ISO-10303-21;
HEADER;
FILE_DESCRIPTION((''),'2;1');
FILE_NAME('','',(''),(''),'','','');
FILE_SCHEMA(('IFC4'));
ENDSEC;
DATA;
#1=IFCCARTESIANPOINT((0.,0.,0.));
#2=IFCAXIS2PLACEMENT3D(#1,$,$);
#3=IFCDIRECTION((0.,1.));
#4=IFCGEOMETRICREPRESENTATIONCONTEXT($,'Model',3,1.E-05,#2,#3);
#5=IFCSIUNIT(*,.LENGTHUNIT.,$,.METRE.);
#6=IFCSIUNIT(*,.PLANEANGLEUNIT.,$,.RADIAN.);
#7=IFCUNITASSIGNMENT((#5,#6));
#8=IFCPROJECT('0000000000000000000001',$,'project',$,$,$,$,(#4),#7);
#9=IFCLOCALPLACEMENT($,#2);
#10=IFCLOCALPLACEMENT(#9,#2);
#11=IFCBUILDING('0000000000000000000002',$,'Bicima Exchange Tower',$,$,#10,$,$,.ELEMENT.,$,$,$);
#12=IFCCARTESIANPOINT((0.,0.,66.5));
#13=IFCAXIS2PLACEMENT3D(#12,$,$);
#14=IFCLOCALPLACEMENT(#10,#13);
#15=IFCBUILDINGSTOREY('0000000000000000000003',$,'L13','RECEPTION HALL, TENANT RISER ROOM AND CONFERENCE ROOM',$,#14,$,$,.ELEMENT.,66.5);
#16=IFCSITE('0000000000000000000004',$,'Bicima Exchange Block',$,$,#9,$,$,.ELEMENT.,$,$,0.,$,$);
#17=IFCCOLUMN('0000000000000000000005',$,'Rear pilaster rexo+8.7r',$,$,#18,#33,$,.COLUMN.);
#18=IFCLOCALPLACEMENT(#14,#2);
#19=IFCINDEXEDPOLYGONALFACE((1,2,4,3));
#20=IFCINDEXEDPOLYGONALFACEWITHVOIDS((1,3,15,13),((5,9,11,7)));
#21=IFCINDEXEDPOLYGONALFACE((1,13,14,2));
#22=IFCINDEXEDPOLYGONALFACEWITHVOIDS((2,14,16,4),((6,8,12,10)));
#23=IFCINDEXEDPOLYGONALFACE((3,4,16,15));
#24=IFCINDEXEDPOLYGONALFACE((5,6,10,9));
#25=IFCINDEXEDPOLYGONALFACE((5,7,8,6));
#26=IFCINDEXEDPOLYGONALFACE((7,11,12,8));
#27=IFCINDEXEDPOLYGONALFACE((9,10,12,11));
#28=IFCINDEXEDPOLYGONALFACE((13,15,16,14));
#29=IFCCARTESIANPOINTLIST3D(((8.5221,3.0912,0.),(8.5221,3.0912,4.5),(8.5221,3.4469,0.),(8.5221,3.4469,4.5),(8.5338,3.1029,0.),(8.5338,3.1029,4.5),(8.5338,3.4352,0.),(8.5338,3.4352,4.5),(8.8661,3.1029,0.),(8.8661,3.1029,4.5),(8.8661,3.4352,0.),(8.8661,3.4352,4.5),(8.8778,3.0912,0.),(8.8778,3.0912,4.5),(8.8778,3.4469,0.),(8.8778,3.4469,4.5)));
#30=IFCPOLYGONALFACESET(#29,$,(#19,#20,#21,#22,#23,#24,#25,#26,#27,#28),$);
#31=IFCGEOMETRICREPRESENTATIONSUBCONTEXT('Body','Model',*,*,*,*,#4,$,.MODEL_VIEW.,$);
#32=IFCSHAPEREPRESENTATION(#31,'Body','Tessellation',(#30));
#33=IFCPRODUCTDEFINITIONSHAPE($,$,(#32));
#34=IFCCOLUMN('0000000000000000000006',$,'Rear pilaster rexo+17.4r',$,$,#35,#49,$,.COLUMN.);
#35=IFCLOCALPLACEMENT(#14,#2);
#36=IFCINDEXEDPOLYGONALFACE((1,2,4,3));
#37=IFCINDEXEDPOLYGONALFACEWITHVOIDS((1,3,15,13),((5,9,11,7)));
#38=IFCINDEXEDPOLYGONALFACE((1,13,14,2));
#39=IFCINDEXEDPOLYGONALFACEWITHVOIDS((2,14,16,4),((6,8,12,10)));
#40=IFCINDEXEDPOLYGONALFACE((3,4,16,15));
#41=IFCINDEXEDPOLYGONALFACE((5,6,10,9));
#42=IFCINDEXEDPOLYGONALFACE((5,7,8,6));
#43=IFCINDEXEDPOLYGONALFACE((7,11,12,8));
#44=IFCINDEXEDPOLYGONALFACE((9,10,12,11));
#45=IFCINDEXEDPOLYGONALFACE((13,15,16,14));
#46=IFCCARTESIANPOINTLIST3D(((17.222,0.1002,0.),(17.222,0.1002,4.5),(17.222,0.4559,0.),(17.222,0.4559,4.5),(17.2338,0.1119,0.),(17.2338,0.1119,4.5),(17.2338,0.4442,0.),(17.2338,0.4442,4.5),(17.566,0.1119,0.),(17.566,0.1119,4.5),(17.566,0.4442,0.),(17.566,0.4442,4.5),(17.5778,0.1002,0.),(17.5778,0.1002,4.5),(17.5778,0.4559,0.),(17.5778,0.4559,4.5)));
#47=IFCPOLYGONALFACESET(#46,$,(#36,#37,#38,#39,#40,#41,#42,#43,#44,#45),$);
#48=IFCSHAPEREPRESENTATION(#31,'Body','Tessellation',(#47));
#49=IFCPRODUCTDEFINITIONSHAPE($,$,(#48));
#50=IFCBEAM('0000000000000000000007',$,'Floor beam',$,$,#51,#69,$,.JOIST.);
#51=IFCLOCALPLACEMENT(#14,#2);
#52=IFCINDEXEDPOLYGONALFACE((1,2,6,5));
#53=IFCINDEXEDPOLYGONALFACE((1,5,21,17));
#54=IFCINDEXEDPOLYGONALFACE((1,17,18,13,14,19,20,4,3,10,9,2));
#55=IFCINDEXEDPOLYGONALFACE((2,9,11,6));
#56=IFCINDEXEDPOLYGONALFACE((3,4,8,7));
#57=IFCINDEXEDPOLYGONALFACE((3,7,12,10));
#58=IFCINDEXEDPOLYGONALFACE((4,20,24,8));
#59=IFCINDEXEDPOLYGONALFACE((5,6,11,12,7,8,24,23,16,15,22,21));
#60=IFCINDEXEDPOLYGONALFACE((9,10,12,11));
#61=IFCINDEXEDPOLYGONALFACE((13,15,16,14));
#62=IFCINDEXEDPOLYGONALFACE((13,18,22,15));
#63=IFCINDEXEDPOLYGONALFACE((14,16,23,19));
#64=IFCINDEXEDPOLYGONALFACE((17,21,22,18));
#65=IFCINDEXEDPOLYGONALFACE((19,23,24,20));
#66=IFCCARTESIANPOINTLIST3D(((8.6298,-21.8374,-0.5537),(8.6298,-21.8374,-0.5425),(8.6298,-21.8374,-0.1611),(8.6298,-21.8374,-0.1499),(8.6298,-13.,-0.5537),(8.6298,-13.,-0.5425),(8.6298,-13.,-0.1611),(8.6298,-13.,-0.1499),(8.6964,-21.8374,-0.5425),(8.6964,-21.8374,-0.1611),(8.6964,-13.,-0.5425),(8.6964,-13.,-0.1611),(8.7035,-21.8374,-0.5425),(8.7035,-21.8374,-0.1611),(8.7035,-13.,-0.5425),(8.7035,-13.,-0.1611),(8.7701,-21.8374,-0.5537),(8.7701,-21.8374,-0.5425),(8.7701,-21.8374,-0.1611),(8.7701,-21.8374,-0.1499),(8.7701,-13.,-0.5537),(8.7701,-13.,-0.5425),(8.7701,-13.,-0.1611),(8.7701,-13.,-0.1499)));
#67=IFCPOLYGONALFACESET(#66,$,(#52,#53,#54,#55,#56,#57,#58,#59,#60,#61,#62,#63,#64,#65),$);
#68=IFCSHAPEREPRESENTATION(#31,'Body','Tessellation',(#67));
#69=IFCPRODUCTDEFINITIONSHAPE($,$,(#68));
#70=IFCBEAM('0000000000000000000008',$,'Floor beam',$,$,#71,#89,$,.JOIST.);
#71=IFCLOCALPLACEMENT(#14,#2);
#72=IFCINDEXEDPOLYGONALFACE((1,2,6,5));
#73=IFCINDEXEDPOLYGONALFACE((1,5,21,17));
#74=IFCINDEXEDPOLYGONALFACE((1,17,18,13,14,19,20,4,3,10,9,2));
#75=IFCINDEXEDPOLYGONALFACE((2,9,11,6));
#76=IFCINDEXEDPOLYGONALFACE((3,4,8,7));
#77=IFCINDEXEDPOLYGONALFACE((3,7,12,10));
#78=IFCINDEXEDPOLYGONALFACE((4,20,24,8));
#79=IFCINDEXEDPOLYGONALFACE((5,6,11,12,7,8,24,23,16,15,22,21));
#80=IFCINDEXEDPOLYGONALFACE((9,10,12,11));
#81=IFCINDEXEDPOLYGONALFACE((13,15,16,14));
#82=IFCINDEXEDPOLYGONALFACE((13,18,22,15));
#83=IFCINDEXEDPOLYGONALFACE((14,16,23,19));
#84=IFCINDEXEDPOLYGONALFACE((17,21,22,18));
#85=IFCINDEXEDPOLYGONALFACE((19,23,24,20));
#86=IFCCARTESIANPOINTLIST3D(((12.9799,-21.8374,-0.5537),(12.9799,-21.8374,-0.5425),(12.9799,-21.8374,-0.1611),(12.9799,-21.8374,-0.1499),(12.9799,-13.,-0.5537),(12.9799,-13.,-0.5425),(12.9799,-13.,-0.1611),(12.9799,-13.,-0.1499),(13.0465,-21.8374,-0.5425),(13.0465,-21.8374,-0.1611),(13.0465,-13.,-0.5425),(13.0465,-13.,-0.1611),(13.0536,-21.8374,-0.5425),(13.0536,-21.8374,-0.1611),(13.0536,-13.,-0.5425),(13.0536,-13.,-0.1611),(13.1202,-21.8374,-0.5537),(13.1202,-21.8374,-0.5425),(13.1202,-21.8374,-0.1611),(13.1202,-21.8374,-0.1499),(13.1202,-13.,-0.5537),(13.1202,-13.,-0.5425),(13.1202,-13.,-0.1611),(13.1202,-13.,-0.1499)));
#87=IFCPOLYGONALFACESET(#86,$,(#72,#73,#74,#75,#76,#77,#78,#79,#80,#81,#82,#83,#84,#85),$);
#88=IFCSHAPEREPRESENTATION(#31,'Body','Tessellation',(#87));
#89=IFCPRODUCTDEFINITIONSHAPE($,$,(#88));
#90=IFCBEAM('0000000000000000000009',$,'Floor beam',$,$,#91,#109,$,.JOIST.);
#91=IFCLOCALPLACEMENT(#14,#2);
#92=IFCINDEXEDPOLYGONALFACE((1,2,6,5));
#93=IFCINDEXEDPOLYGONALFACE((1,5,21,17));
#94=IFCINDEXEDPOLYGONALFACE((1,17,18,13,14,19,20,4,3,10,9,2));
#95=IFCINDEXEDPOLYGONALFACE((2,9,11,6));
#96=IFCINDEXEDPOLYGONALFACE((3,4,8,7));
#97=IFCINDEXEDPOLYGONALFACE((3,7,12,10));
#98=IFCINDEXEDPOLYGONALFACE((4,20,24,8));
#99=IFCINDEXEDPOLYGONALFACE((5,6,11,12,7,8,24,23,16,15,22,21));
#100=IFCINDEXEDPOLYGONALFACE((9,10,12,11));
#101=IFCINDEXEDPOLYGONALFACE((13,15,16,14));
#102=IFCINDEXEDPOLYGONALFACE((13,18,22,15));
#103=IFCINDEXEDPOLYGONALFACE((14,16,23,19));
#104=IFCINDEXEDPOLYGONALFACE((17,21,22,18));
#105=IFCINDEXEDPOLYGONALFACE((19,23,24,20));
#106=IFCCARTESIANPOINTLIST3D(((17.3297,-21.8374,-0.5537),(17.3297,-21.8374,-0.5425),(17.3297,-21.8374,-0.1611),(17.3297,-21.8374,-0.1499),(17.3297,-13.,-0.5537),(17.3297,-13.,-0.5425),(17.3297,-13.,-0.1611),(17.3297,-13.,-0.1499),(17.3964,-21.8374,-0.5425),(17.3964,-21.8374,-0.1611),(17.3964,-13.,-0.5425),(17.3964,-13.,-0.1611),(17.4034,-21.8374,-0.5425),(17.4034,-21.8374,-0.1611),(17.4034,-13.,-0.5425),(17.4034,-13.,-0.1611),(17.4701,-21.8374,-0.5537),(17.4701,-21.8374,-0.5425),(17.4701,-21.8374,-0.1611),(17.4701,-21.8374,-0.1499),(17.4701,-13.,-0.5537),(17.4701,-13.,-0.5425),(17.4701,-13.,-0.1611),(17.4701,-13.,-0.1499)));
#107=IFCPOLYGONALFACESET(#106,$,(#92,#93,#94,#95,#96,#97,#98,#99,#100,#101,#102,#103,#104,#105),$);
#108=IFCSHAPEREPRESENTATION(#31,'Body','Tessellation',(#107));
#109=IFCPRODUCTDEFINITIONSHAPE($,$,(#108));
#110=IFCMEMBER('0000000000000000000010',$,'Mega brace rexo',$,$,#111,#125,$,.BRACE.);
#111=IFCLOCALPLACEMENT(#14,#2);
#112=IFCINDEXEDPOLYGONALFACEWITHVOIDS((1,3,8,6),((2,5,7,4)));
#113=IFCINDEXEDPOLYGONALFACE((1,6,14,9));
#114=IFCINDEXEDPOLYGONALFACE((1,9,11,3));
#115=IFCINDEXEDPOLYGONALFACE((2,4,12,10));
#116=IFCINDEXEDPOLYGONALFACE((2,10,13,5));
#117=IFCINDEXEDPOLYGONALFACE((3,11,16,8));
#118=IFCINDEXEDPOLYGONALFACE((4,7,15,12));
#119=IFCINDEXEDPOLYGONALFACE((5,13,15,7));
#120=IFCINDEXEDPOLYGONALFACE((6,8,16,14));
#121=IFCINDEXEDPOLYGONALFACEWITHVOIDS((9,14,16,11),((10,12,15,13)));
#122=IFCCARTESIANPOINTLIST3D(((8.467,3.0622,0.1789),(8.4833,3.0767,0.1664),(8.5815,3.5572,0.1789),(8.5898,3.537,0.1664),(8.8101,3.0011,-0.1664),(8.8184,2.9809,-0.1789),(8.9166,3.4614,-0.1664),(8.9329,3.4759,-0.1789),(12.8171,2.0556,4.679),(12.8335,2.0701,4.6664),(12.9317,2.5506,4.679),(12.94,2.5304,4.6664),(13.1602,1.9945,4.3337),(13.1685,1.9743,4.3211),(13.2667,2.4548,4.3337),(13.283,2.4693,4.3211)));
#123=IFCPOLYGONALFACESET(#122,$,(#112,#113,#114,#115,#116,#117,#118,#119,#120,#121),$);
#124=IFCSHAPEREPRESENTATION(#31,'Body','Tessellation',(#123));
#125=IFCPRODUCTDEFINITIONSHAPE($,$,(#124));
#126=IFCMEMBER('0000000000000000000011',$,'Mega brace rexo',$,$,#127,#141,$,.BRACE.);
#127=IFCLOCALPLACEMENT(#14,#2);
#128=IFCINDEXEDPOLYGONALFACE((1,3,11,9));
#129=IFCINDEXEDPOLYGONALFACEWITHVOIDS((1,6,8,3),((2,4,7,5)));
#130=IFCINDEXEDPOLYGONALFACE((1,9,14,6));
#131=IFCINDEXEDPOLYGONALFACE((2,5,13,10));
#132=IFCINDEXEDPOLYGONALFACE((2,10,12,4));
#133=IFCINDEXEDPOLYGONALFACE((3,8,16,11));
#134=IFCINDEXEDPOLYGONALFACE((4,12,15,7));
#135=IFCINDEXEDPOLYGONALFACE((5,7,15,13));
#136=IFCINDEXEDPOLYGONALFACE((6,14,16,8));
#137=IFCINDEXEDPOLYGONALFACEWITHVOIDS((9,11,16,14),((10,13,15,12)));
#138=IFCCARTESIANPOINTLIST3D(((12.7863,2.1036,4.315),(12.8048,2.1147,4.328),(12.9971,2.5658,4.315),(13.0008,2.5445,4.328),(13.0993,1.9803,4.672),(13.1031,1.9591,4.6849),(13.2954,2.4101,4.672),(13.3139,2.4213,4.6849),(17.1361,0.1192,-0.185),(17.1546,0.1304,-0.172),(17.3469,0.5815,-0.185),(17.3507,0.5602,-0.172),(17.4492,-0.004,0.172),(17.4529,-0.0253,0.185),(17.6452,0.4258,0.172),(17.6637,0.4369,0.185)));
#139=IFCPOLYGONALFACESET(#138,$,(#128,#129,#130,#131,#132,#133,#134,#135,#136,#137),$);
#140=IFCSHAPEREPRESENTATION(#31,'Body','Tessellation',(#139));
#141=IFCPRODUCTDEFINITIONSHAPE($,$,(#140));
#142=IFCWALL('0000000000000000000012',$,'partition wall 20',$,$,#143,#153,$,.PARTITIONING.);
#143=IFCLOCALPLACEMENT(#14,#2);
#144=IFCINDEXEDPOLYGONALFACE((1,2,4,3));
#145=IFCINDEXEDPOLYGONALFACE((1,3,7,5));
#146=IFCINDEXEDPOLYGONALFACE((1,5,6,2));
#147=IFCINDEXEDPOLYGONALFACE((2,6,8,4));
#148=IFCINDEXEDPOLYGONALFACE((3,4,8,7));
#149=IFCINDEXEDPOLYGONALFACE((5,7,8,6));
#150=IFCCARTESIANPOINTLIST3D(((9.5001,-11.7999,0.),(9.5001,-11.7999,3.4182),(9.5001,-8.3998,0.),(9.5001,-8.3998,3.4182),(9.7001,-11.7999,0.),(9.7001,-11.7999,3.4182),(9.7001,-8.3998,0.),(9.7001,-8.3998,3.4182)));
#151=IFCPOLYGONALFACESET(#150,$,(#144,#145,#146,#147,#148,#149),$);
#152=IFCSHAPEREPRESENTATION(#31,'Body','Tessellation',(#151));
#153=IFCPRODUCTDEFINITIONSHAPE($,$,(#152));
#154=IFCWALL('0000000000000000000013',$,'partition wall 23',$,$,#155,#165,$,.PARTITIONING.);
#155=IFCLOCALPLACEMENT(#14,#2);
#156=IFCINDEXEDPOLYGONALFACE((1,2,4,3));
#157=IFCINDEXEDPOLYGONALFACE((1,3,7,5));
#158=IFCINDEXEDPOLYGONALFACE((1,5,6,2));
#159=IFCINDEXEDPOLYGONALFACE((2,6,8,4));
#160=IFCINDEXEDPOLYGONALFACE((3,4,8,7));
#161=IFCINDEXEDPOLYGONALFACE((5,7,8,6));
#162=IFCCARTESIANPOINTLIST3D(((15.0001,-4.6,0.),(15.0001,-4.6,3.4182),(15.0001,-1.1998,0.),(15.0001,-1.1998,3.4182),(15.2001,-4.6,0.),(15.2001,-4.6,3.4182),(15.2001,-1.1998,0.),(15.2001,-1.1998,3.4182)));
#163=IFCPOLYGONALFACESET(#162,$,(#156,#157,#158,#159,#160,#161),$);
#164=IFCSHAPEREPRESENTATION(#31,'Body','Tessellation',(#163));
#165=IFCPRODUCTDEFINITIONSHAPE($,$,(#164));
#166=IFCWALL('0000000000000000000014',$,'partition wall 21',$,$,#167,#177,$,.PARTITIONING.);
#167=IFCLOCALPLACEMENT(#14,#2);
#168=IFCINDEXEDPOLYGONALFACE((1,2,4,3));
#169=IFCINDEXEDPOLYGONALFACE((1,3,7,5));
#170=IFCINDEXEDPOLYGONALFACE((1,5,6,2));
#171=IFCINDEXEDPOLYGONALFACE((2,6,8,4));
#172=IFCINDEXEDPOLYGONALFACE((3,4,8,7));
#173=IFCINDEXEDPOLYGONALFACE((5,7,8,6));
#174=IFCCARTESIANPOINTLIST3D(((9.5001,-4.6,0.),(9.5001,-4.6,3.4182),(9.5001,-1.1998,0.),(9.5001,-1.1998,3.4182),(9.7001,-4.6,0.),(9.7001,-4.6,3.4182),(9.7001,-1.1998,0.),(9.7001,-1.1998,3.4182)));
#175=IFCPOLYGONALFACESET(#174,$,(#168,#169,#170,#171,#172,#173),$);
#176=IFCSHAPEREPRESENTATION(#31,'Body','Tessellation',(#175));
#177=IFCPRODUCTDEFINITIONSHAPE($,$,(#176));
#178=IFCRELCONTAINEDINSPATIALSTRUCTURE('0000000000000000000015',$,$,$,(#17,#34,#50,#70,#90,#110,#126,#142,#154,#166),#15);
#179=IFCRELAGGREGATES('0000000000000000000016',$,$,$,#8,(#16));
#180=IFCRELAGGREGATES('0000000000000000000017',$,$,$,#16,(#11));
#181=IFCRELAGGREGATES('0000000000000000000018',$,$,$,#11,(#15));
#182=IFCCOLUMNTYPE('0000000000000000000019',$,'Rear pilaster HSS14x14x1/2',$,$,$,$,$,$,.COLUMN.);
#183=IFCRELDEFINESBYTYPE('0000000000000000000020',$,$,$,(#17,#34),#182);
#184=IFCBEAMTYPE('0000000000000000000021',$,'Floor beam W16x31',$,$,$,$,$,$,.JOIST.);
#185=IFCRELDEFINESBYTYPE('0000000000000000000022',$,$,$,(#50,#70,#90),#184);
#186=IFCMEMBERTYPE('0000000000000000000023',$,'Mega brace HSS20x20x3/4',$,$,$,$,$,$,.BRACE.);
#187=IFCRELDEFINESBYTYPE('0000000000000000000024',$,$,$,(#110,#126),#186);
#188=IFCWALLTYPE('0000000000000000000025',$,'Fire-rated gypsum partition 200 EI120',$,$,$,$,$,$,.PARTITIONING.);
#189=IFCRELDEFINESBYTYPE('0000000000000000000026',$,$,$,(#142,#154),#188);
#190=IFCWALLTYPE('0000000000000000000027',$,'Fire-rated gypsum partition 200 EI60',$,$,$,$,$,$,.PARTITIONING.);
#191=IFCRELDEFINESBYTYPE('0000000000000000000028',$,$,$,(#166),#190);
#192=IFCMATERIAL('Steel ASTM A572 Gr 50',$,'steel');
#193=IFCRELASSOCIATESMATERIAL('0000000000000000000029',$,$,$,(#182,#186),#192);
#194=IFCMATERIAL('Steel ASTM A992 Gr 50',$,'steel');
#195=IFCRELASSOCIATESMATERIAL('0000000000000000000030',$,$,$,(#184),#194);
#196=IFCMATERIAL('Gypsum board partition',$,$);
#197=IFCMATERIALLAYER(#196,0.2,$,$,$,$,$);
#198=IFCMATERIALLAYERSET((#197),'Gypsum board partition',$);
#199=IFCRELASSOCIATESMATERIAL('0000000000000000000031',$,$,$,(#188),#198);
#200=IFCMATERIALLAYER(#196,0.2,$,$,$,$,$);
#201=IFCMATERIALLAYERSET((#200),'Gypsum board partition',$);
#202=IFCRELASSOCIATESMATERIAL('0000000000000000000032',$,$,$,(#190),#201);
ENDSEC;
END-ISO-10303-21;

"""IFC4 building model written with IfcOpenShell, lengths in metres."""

from ifc_helpers import new_model, si_unit, direction, frame, frame_2d, origin, origin_2d, place, context, subcontext, project, spatial, rectangle, hollow_rectangle, i_section, extrude, material, layer, layer_set, material_profile, profile_set, type_object, element, save


model = new_model("IFC4")

# Units and contexts
model_context = context("Model", 3, precision=1e-05, world=origin(), true_north=direction((0.0, 1.0)))
body_context = subcontext(model_context, "Body", "Model", "MODEL_VIEW")
ifc_project = project(units=[si_unit("LENGTHUNIT", "METRE"), si_unit("PLANEANGLEUNIT", "RADIAN")], contexts=[model_context])

# Site, building, storey
site_placement = place(None, origin())
site = spatial("IfcSite", under=ifc_project, at=site_placement, Name="Bicima Exchange Block", CompositionType="ELEMENT", RefElevation=0.0)
building_placement = place(site_placement, origin())
building = spatial("IfcBuilding", under=site, at=building_placement, Name="Bicima Exchange Tower", CompositionType="ELEMENT")
storey_placement = place(building_placement, frame((0.0, 0.0, 66.5)))
storey = spatial("IfcBuildingStorey", under=building, at=storey_placement, Name="L13", Description="RECEPTION HALL, TENANT RISER ROOM AND CONFERENCE ROOM", CompositionType="ELEMENT", Elevation=66.5)

# Columns
ifc_material_1 = material(Name="Steel ASTM A572 Gr 50", Category="steel")
ifc_material_profile_1 = material_profile(ifc_material_1, hollow_rectangle(XDim=0.3557, YDim=0.3557, WallThickness=0.0117, at=origin_2d()))
ifc_profile_set_1 = profile_set([ifc_material_profile_1], Name="Steel ASTM A572 Gr 50")
column_type = type_object("IfcColumnType", Name="Rear pilaster HSS14x14x1/2", PredefinedType="COLUMN", material=ifc_profile_set_1)
for number, where, z_axis, x_axis, name in (
    (1, (8.7, 3.269, 0.0), (0.0, 0.0, 1.0), (1.0, 0.0, 0.0), "Rear pilaster rexo+8.7r"),
    (2, (17.3999, 0.2781, 0.0), (0.0, 0.0, 1.0), (1.0, 0.0, 0.0), "Rear pilaster rexo+17.4r"),
):
    element("IfcColumn", number, at=place(storey_placement, frame(where, z_axis=z_axis, x_axis=x_axis)), inside=storey, type_object=column_type, Name=name, PredefinedType="COLUMN", context=body_context, shape_type="SweptSolid", body=[
        extrude(hollow_rectangle(XDim=0.3557, YDim=0.3557, WallThickness=0.0117, at=origin_2d()), origin(), (0.0, 0.0, 1.0), 4.5),
    ])

# Beams
ifc_material_2 = material(Name="Steel ASTM A992 Gr 50", Category="steel")
ifc_material_profile_2 = material_profile(ifc_material_2, i_section(OverallWidth=0.1404, OverallDepth=0.4038, WebThickness=0.0071, FlangeThickness=0.0112, at=origin_2d()))
ifc_profile_set_2 = profile_set([ifc_material_profile_2], Name="Steel ASTM A992 Gr 50")
beam_type = type_object("IfcBeamType", Name="Floor beam W16x31", PredefinedType="JOIST", material=ifc_profile_set_2)
for number, where, z_axis, x_axis, name in (
    (3, (8.7, -13.0, -0.3518), (0.0, -1.0, 0.0), (1.0, 0.0, 0.0), "Floor beam"),
    (4, (13.05, -13.0, -0.3518), (0.0, -1.0, 0.0), (1.0, 0.0, 0.0), "Floor beam"),
    (5, (17.3999, -13.0, -0.3518), (0.0, -1.0, 0.0), (1.0, 0.0, 0.0), "Floor beam"),
):
    element("IfcBeam", number, at=place(storey_placement, frame(where, z_axis=z_axis, x_axis=x_axis)), inside=storey, type_object=beam_type, Name=name, PredefinedType="JOIST", context=body_context, shape_type="SweptSolid", body=[
        extrude(i_section(OverallWidth=0.1404, OverallDepth=0.4038, WebThickness=0.0071, FlangeThickness=0.0112, at=origin_2d()), origin(), (0.0, 0.0, 1.0), 8.8374),
    ])

# Members
ifc_material_profile_3 = material_profile(ifc_material_1, hollow_rectangle(XDim=0.5081, YDim=0.5081, WallThickness=0.0178, at=origin_2d()))
ifc_profile_set_3 = profile_set([ifc_material_profile_3], Name="Steel ASTM A572 Gr 50")
member_type = type_object("IfcMemberType", Name="Mega brace HSS20x20x3/4", PredefinedType="BRACE", material=ifc_profile_set_3)
member_1_placement = place(storey_placement, frame((8.7, 3.269, 0.0), z_axis=(0.686212, -0.158786, 0.709859), x_axis=(0.225439, 0.974257, 0.0)))
element("IfcMember", 6, at=member_1_placement, inside=storey, type_object=member_type, Name="Mega brace rexo", PredefinedType="BRACE", context=body_context, shape_type="SweptSolid", body=[
    extrude(hollow_rectangle(XDim=0.5081, YDim=0.5081, WallThickness=0.0178, at=origin_2d()), origin(), (0.0, 0.0, 1.0), 6.3394),
])
member_2_placement = place(storey_placement, frame((17.3999, 0.2781, 0.0), z_axis=(-0.662508, 0.302232, 0.685376), x_axis=(-0.415045, -0.909801, 0.0)))
element("IfcMember", 7, at=member_2_placement, inside=storey, type_object=member_type, Name="Mega brace rexo", PredefinedType="BRACE", context=body_context, shape_type="SweptSolid", body=[
    extrude(hollow_rectangle(XDim=0.5081, YDim=0.5081, WallThickness=0.0178, at=origin_2d()), origin(), (0.0, 0.0, 1.0), 6.5657),
])

# Walls
ifc_material_3 = material(Name="Gypsum board partition")
ifc_layer_1 = layer(ifc_material_3, 0.2)
ifc_layer_set_1 = layer_set([ifc_layer_1], Name="Gypsum board partition")
wall_type_1 = type_object("IfcWallType", Name="Fire-rated gypsum partition 200 EI120", PredefinedType="PARTITIONING", material=ifc_layer_set_1)
for number, where, z_axis, x_axis, name in (
    (8, (9.6001, -11.8, 0.0), (0.0, 0.0, 1.0), (0.0, 1.0, 0.0), "partition wall 20"),
    (9, (15.1001, -4.6001, 0.0), (0.0, 0.0, 1.0), (0.0, 1.0, 0.0), "partition wall 23"),
):
    element("IfcWall", number, at=place(storey_placement, frame(where, z_axis=z_axis, x_axis=x_axis)), inside=storey, type_object=wall_type_1, Name=name, PredefinedType="PARTITIONING", context=body_context, shape_type="SweptSolid", body=[
        extrude(rectangle(XDim=3.4001, YDim=0.2, at=frame_2d((1.7002, 0.0))), origin(), (0.0, 0.0, 1.0), 3.4182),
    ])
ifc_layer_2 = layer(ifc_material_3, 0.2)
ifc_layer_set_2 = layer_set([ifc_layer_2], Name="Gypsum board partition")
wall_type_2 = type_object("IfcWallType", Name="Fire-rated gypsum partition 200 EI60", PredefinedType="PARTITIONING", material=ifc_layer_set_2)
wall_1_placement = place(storey_placement, frame((9.6001, -4.6001, 0.0), z_axis=(0.0, 0.0, 1.0), x_axis=(0.0, 1.0, 0.0)))
element("IfcWall", 10, at=wall_1_placement, inside=storey, type_object=wall_type_2, Name="partition wall 21", PredefinedType="PARTITIONING", context=body_context, shape_type="SweptSolid", body=[
    extrude(rectangle(XDim=3.4001, YDim=0.2, at=frame_2d((1.7002, 0.0))), origin(), (0.0, 0.0, 1.0), 3.4182),
])

save(model, "model.ifc")
